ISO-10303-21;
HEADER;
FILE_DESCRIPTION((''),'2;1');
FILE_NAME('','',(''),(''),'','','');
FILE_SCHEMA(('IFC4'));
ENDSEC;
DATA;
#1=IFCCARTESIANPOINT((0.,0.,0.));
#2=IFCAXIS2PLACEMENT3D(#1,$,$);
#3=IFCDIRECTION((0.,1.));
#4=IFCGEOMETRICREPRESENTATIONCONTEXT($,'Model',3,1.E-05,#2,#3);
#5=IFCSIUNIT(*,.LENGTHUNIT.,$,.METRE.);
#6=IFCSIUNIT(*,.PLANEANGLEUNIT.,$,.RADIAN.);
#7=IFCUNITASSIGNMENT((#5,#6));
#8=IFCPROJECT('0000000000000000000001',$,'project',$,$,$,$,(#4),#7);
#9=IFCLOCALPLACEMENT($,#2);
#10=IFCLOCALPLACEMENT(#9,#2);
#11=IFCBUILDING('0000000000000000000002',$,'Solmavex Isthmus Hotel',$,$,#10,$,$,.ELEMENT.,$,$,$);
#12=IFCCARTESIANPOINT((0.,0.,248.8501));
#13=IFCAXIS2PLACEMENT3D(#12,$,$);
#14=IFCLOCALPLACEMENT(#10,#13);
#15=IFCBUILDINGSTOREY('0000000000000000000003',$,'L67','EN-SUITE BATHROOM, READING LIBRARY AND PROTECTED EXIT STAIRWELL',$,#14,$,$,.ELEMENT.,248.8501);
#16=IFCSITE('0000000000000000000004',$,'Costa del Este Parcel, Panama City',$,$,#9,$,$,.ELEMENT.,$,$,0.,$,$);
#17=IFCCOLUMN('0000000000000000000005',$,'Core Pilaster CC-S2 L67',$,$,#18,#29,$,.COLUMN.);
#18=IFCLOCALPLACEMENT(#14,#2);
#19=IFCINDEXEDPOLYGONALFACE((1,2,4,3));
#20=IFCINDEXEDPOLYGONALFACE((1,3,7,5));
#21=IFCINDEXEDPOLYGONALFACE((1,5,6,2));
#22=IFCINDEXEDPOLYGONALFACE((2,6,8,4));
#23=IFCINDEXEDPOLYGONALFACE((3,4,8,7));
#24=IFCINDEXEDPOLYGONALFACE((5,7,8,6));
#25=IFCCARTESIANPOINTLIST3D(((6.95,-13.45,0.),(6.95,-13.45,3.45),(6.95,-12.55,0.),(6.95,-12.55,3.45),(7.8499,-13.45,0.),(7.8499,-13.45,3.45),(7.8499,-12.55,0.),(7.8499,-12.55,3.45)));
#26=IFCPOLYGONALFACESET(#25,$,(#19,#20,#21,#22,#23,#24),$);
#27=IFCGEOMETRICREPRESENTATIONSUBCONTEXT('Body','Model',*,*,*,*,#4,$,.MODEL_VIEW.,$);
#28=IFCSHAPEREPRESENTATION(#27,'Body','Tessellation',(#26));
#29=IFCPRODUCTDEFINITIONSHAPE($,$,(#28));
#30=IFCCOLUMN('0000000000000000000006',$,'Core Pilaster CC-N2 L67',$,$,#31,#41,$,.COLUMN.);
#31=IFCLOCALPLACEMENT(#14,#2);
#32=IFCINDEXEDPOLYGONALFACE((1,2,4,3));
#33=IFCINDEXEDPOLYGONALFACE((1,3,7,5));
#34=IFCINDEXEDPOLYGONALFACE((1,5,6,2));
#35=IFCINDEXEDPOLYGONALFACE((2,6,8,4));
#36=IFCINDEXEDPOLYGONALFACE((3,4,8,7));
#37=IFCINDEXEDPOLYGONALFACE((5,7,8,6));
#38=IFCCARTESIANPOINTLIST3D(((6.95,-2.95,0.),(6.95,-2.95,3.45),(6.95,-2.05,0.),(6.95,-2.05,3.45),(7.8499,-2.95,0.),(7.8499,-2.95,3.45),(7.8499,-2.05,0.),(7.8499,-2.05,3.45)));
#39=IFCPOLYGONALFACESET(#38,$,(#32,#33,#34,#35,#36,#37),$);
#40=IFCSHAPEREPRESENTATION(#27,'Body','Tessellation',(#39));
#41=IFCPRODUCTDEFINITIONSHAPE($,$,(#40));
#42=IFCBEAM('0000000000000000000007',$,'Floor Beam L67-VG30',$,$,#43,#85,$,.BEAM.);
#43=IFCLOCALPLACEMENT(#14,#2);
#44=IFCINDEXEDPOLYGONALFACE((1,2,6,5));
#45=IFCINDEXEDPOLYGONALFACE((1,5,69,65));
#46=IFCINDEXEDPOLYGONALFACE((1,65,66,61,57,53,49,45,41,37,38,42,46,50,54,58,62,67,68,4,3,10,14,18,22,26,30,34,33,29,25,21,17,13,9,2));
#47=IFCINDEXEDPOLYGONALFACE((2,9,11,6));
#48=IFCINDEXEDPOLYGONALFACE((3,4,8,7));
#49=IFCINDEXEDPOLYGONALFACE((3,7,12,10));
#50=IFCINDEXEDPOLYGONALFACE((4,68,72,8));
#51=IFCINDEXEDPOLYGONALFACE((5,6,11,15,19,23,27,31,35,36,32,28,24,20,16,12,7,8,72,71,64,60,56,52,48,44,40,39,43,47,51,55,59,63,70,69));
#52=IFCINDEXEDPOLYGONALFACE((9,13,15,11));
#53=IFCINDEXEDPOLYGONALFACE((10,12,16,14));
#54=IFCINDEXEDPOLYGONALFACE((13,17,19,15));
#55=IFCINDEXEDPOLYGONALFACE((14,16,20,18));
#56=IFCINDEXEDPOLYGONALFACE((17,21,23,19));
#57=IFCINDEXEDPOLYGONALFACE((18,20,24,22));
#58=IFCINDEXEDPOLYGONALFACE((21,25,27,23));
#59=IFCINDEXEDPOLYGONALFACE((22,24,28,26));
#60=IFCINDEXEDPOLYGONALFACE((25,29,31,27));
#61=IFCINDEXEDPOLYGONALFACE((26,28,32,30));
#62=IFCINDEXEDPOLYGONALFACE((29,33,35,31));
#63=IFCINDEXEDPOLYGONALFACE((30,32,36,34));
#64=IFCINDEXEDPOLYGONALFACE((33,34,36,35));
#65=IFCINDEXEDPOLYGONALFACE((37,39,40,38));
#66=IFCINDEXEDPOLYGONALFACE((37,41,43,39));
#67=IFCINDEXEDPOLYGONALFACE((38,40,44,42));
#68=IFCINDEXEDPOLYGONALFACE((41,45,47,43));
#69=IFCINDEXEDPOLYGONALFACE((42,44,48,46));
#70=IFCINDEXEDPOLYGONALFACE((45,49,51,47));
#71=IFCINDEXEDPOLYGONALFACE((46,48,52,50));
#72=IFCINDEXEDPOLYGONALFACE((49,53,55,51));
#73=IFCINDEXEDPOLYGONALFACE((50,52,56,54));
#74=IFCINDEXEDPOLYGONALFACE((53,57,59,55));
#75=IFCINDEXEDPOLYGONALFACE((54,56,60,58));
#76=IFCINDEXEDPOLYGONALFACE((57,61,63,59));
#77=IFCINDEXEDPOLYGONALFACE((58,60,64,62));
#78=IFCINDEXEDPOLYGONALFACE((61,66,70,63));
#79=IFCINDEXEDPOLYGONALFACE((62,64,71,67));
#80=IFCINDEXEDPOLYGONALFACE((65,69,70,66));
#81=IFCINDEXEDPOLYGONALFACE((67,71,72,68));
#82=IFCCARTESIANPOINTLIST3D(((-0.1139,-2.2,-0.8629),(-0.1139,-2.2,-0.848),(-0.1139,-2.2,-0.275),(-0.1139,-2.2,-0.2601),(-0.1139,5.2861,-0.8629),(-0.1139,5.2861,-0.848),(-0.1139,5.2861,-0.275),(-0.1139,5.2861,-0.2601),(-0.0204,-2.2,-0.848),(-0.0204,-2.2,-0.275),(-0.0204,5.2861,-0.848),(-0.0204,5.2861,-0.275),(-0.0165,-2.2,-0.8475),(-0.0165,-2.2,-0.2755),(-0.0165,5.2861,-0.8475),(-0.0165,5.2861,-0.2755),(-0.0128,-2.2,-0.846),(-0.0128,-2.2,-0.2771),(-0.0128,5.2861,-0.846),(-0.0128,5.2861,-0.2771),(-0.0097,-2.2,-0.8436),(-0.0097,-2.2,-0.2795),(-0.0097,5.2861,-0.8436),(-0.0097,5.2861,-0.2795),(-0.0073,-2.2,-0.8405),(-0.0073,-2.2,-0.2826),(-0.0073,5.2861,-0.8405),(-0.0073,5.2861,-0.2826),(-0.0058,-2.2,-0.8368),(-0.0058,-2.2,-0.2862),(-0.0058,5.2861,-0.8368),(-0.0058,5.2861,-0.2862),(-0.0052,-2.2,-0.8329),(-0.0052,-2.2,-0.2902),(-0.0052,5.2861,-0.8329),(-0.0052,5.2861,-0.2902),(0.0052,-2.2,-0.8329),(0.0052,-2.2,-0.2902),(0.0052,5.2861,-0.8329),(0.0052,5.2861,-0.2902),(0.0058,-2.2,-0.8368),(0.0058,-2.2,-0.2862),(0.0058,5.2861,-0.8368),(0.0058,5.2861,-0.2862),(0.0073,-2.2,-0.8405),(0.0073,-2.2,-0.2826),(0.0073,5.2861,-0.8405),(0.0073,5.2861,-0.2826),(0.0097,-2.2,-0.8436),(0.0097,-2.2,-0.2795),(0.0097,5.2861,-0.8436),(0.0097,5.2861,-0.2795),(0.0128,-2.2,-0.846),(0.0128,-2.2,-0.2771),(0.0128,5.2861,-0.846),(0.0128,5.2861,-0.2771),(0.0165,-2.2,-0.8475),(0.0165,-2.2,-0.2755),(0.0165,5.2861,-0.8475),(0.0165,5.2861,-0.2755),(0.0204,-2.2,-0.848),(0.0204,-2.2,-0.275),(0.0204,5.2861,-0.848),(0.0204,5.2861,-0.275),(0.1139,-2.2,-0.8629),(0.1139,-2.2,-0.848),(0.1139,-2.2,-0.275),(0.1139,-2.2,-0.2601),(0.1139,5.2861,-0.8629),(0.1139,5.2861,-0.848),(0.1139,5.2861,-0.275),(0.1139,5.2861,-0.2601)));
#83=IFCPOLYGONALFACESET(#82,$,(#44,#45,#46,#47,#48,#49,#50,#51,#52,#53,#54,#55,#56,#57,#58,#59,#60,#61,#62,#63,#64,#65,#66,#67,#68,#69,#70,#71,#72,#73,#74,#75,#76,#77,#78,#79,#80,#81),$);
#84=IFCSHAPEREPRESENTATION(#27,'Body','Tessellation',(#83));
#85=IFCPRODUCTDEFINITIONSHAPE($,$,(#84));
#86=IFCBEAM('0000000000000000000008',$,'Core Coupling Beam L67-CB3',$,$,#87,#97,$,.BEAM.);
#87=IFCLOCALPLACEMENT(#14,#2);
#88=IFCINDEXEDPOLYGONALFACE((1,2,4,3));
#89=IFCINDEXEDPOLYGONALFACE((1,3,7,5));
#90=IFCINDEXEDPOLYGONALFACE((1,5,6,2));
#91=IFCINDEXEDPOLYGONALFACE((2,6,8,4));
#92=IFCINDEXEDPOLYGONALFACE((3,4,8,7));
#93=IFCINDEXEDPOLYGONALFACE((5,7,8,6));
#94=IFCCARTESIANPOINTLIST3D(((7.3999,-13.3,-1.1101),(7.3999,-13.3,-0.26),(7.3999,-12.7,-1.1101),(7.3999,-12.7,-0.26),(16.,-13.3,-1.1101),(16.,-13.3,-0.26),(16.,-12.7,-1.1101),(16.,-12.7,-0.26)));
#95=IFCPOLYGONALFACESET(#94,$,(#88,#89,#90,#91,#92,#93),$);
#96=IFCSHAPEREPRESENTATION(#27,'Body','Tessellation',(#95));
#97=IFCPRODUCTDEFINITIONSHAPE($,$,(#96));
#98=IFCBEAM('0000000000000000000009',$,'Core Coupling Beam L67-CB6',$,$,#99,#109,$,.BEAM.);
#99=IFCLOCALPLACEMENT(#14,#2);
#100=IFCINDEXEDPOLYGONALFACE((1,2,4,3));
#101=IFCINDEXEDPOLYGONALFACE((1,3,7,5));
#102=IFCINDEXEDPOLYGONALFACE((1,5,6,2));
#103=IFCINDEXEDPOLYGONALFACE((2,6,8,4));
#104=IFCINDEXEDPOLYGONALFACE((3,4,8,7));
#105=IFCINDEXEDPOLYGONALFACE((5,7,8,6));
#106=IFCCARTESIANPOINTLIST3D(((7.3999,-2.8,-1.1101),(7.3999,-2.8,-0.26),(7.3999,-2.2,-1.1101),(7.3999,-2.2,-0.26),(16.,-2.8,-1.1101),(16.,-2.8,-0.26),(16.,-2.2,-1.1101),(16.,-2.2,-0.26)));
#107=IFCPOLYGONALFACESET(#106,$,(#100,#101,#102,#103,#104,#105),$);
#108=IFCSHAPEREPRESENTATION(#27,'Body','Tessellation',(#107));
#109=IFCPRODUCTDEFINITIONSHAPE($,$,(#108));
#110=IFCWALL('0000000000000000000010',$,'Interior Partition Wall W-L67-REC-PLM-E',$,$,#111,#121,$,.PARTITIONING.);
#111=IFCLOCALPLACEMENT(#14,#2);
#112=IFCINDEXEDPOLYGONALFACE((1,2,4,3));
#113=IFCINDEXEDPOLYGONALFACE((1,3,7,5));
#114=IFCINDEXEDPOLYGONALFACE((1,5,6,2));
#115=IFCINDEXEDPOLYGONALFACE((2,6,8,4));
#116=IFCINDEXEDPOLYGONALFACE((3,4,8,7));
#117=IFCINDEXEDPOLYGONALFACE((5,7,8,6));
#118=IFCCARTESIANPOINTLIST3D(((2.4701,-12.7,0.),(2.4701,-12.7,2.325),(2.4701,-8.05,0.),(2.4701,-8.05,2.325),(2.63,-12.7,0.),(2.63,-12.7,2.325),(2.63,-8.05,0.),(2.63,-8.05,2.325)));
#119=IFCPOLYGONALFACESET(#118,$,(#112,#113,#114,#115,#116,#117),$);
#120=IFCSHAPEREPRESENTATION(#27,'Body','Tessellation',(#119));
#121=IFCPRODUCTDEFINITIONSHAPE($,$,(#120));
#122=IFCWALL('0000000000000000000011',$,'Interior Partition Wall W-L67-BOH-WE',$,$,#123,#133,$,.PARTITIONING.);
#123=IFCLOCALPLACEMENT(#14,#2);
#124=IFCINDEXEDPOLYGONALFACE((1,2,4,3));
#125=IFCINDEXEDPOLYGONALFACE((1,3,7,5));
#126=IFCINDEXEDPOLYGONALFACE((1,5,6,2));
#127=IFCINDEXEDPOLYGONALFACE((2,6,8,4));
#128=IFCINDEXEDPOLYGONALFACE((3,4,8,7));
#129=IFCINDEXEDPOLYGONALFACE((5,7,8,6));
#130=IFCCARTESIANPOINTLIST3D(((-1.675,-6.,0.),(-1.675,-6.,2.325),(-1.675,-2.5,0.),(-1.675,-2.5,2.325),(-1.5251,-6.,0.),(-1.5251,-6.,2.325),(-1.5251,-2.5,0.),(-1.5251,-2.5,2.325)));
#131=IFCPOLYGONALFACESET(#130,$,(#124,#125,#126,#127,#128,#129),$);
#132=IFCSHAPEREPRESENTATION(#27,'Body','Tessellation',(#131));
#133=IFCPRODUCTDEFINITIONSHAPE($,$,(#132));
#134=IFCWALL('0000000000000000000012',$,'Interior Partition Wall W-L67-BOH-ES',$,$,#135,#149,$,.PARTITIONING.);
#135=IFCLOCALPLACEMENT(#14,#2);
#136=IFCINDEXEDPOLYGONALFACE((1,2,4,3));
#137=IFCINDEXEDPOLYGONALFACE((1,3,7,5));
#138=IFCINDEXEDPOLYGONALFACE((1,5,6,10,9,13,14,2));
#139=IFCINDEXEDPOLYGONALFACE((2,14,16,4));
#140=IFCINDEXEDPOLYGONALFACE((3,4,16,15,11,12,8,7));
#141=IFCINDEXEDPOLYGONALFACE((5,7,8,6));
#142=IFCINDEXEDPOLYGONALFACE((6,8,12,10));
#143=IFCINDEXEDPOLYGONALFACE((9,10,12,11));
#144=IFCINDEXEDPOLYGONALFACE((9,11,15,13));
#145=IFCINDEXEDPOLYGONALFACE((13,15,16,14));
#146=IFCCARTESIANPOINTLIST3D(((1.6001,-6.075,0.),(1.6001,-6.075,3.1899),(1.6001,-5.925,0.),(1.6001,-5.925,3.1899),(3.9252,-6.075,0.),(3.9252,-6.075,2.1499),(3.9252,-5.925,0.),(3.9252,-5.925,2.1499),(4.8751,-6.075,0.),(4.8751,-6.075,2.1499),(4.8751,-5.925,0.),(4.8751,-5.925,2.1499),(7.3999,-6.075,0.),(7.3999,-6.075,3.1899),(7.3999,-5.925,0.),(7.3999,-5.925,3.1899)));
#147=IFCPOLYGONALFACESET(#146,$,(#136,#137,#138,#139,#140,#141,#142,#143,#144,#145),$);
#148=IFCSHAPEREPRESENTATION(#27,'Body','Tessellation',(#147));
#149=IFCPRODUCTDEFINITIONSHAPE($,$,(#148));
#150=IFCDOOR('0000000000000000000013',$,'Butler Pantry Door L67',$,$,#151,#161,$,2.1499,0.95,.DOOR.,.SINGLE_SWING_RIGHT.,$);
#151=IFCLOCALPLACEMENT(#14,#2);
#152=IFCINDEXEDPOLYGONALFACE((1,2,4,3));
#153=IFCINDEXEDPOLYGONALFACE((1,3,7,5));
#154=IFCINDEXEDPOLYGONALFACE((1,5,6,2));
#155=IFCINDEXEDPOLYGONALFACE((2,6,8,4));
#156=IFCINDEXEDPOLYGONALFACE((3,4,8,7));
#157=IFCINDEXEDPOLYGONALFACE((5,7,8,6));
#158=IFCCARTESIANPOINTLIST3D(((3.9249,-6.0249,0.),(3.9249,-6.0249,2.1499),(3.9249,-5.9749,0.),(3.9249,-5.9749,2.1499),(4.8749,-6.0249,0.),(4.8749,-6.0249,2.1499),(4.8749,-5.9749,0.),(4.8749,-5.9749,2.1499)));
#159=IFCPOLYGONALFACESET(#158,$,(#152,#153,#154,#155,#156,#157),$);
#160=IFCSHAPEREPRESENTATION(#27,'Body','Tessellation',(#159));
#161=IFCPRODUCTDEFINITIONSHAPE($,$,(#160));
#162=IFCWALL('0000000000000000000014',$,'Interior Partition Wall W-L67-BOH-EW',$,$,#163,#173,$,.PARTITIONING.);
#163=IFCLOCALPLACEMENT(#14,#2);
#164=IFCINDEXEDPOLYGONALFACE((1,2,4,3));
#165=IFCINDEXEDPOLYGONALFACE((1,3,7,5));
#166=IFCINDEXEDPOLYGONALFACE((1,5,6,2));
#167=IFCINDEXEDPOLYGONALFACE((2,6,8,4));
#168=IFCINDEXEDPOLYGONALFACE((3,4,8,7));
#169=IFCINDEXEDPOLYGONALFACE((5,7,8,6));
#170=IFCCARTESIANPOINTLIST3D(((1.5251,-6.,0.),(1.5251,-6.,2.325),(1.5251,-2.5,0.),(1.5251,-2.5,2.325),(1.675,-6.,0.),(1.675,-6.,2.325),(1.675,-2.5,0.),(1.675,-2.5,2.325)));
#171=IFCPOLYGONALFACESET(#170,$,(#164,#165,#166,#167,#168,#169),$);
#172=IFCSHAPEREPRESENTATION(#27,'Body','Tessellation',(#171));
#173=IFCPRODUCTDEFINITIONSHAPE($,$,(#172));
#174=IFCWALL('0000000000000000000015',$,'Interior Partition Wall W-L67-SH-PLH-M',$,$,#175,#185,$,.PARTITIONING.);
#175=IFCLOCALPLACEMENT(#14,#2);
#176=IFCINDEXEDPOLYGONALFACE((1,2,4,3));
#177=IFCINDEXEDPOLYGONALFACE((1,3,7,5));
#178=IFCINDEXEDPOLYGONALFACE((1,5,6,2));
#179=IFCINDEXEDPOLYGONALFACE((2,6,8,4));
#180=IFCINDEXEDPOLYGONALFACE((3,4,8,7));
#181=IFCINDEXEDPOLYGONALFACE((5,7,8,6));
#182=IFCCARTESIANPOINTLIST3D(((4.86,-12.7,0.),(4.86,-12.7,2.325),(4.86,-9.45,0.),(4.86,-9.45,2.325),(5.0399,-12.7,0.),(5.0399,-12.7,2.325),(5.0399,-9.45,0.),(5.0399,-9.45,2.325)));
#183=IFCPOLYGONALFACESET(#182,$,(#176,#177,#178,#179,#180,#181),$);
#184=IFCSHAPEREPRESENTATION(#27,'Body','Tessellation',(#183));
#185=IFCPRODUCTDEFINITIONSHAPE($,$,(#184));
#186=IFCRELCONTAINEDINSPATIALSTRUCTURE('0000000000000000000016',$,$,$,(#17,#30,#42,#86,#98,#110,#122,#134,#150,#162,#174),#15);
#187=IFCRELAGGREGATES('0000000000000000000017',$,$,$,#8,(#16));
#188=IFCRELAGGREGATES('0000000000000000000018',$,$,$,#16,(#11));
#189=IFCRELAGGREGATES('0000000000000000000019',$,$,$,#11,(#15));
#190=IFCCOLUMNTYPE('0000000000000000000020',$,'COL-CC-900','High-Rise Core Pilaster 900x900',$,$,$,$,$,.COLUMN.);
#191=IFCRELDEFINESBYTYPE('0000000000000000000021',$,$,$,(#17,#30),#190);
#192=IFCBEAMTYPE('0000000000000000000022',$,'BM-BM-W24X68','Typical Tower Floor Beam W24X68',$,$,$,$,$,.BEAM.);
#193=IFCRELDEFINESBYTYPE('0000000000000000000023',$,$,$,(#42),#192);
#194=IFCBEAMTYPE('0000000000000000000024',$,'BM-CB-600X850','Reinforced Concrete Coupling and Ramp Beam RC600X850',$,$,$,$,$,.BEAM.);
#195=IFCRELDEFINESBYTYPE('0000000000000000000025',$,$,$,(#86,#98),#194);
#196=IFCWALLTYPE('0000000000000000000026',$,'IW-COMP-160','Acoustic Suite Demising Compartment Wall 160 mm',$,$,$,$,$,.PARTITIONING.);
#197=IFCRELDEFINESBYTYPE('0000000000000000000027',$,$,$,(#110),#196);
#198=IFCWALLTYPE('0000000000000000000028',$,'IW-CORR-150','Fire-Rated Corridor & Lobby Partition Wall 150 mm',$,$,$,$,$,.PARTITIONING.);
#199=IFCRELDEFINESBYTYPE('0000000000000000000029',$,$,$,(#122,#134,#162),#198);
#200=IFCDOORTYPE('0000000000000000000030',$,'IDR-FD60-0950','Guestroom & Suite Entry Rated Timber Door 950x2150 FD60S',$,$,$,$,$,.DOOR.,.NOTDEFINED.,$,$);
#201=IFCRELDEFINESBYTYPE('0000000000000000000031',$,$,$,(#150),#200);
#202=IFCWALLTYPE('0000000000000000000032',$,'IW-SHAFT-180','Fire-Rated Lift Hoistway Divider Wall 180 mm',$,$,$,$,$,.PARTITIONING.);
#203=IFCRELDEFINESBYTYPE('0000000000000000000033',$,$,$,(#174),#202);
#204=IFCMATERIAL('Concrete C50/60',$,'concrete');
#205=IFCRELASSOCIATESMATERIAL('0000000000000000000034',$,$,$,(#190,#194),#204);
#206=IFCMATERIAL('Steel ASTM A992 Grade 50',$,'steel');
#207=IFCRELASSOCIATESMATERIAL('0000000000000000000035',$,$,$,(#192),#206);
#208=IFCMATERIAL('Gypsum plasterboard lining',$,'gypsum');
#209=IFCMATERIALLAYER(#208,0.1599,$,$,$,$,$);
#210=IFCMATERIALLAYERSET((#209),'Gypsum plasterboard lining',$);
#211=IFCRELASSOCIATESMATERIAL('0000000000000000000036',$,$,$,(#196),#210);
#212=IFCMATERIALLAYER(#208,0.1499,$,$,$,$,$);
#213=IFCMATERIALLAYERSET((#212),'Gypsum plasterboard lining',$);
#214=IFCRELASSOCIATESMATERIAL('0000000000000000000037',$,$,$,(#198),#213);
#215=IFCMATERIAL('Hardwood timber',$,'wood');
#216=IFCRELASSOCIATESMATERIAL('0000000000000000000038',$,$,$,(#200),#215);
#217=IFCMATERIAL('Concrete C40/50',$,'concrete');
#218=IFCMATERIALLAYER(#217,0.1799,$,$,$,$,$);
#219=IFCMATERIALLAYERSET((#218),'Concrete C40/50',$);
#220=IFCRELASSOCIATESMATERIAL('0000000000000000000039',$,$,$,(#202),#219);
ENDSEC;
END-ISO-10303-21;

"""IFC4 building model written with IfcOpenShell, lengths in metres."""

from ifc_helpers import new_model, si_unit, direction, frame, frame_2d, origin, origin_2d, place, context, subcontext, project, spatial, rectangle, i_section, extrude, material, layer, layer_set, material_profile, profile_set, type_object, element, fill, save


model = new_model("IFC4")

# Units and contexts
model_context = context("Model", 3, precision=1e-05, world=origin(), true_north=direction((0.0, 1.0)))
body_context = subcontext(model_context, "Body", "Model", "MODEL_VIEW")
ifc_project = project(units=[si_unit("LENGTHUNIT", "METRE"), si_unit("PLANEANGLEUNIT", "RADIAN")], contexts=[model_context])

# Site, building, storey
site_placement = place(None, origin())
site = spatial("IfcSite", under=ifc_project, at=site_placement, Name="Costa del Este Parcel, Panama City", CompositionType="ELEMENT", RefElevation=0.0)
building_placement = place(site_placement, origin())
building = spatial("IfcBuilding", under=site, at=building_placement, Name="Solmavex Isthmus Hotel", CompositionType="ELEMENT")
storey_placement = place(building_placement, frame((0.0, 0.0, 248.8501)))
storey = spatial("IfcBuildingStorey", under=building, at=storey_placement, Name="L67", Description="EN-SUITE BATHROOM, READING LIBRARY AND PROTECTED EXIT STAIRWELL", CompositionType="ELEMENT", Elevation=248.8501)

# Columns
ifc_material_1 = material(Name="Concrete C50/60", Category="concrete")
ifc_material_profile_1 = material_profile(ifc_material_1, rectangle(XDim=0.8999, YDim=0.8999, at=origin_2d()), Name="RC900X900")
ifc_profile_set_1 = profile_set([ifc_material_profile_1], Name="Concrete C50/60")
column_type = type_object("IfcColumnType", Name="COL-CC-900", Description="High-Rise Core Pilaster 900x900", PredefinedType="COLUMN", material=ifc_profile_set_1)
for number, where, z_axis, x_axis, name in (
    (1, (7.3999, -13.0, 0.0), (0.0, 0.0, 1.0), (1.0, 0.0, 0.0), "Core Pilaster CC-S2 L67"),
    (2, (7.3999, -2.5, 0.0), (0.0, 0.0, 1.0), (1.0, 0.0, 0.0), "Core Pilaster CC-N2 L67"),
):
    element("IfcColumn", number, at=place(storey_placement, frame(where, z_axis=z_axis, x_axis=x_axis)), inside=storey, type_object=column_type, Name=name, PredefinedType="COLUMN", context=body_context, shape_type="SweptSolid", body=[
        extrude(rectangle(XDim=0.8999, YDim=0.8999, at=origin_2d()), origin(), (0.0, 0.0, 1.0), 3.45),
    ])

# Beams
ifc_material_2 = material(Name="Steel ASTM A992 Grade 50", Category="steel")
ifc_material_profile_2 = material_profile(ifc_material_2, i_section(OverallWidth=0.2278, OverallDepth=0.6028, WebThickness=0.0105, FlangeThickness=0.0149, FilletRadius=0.0151, at=origin_2d()), Name="W24X68")
ifc_profile_set_2 = profile_set([ifc_material_profile_2], Name="Steel ASTM A992 Grade 50")
beam_type_1 = type_object("IfcBeamType", Name="BM-BM-W24X68", Description="Typical Tower Floor Beam W24X68", PredefinedType="BEAM", material=ifc_profile_set_2)
beam_placement = place(storey_placement, frame((0.0, -2.2, -0.5615), z_axis=(0.0, 1.0, 0.0), x_axis=(-1.0, 0.0, 0.0)))
element("IfcBeam", 3, at=beam_placement, inside=storey, type_object=beam_type_1, Name="Floor Beam L67-VG30", PredefinedType="BEAM", context=body_context, shape_type="SweptSolid", body=[
    extrude(i_section(OverallWidth=0.2278, OverallDepth=0.6028, WebThickness=0.0105, FlangeThickness=0.0149, FilletRadius=0.0151, at=origin_2d()), origin(), (0.0, 0.0, 1.0), 7.4861),
])
ifc_material_profile_3 = material_profile(ifc_material_1, rectangle(XDim=0.6001, YDim=0.8501, at=origin_2d()), Name="RC600X850")
ifc_profile_set_3 = profile_set([ifc_material_profile_3], Name="Concrete C50/60")
beam_type_2 = type_object("IfcBeamType", Name="BM-CB-600X850", Description="Reinforced Concrete Coupling and Ramp Beam RC600X850", PredefinedType="BEAM", material=ifc_profile_set_3)
for number, where, z_axis, x_axis, name in (
    (4, (7.3999, -13.0, -0.6851), (1.0, 0.0, 0.0), (0.0, 1.0, 0.0), "Core Coupling Beam L67-CB3"),
    (5, (7.3999, -2.5, -0.6851), (1.0, 0.0, 0.0), (0.0, 1.0, 0.0), "Core Coupling Beam L67-CB6"),
):
    element("IfcBeam", number, at=place(storey_placement, frame(where, z_axis=z_axis, x_axis=x_axis)), inside=storey, type_object=beam_type_2, Name=name, PredefinedType="BEAM", context=body_context, shape_type="SweptSolid", body=[
        extrude(rectangle(XDim=0.6001, YDim=0.8501, at=origin_2d()), origin(), (0.0, 0.0, 1.0), 8.6001),
    ])

# Walls
ifc_material_3 = material(Name="Gypsum plasterboard lining", Category="gypsum")
ifc_layer_1 = layer(ifc_material_3, 0.1599)
ifc_layer_set_1 = layer_set([ifc_layer_1], Name="Gypsum plasterboard lining")
wall_type_1 = type_object("IfcWallType", Name="IW-COMP-160", Description="Acoustic Suite Demising Compartment Wall 160 mm", PredefinedType="PARTITIONING", material=ifc_layer_set_1)
wall_1_placement = place(storey_placement, frame((2.55, -12.7, 0.0), z_axis=(0.0, 0.0, 1.0), x_axis=(0.0, 1.0, 0.0)))
element("IfcWall", 6, at=wall_1_placement, inside=storey, type_object=wall_type_1, Name="Interior Partition Wall W-L67-REC-PLM-E", PredefinedType="PARTITIONING", context=body_context, shape_type="SweptSolid", body=[
    extrude(rectangle(XDim=4.6499, YDim=0.1599, at=frame_2d((2.325, 0.0))), origin(), (0.0, 0.0, 1.0), 2.325),
])
ifc_layer_2 = layer(ifc_material_3, 0.1499)
ifc_layer_set_2 = layer_set([ifc_layer_2], Name="Gypsum plasterboard lining")
wall_type_2 = type_object("IfcWallType", Name="IW-CORR-150", Description="Fire-Rated Corridor & Lobby Partition Wall 150 mm", PredefinedType="PARTITIONING", material=ifc_layer_set_2)
wall_2_placement = place(storey_placement, frame((-1.6001, -6.0, 0.0), z_axis=(0.0, 0.0, 1.0), x_axis=(0.0, 1.0, 0.0)))
element("IfcWall", 7, at=wall_2_placement, inside=storey, type_object=wall_type_2, Name="Interior Partition Wall W-L67-BOH-WE", PredefinedType="PARTITIONING", context=body_context, shape_type="SweptSolid", body=[
    extrude(rectangle(XDim=3.5, YDim=0.1499, at=frame_2d((1.75, 0.0))), origin(), (0.0, 0.0, 1.0), 2.325),
])

# Wall, opening, door
wall_3_placement = place(storey_placement, frame((1.6001, -6.0, 0.0), z_axis=(0.0, 0.0, 1.0), x_axis=(1.0, 0.0, 0.0)))
wall_3 = element("IfcWall", 8, at=wall_3_placement, inside=storey, type_object=wall_type_2, Name="Interior Partition Wall W-L67-BOH-ES", PredefinedType="PARTITIONING", context=body_context, shape_type="SweptSolid", body=[
    extrude(rectangle(XDim=5.7998, YDim=0.1499, at=frame_2d((2.8999, 0.0))), origin(), (0.0, 0.0, 1.0), 3.1899),
])
opening_1_placement = place(wall_3_placement, frame((2.325, 0.0, 0.0)))
opening_1 = element("IfcOpeningElement", 9, at=opening_1_placement, cuts=wall_3, PredefinedType="OPENING", context=body_context, shape_type="SweptSolid", body=[
    extrude(rectangle(XDim=0.95, YDim=2.1499, at=frame_2d((0.4751, 1.075))), frame((0.0, 0.085, 0.0), z_axis=(0.0, -1.0, 0.0), x_axis=(1.0, 0.0, 0.0)), (0.0, 0.0, 1.0), 0.1699),
])
ifc_material_4 = material(Name="Hardwood timber", Category="wood")
door_type_1 = type_object("IfcDoorType", Name="IDR-FD60-0950", Description="Guestroom & Suite Entry Rated Timber Door 950x2150 FD60S", OperationType="NOTDEFINED", PredefinedType="DOOR", material=ifc_material_4)
door_1_placement = place(opening_1_placement, frame((0.95, 0.0, 0.0), z_axis=(0.0, 0.0, 1.0), x_axis=(-1.0, 0.0, 0.0)))
door_1 = element("IfcDoor", 10, at=door_1_placement, inside=storey, type_object=door_type_1, Name="Butler Pantry Door L67", OperationType="SINGLE_SWING_RIGHT", OverallHeight=2.1499, OverallWidth=0.95, PredefinedType="DOOR", context=body_context, shape_type="SweptSolid", body=[
    extrude(rectangle(XDim=0.95, YDim=2.1499, at=frame_2d((0.4751, 1.075))), frame((0.0, 0.0249, 0.0), z_axis=(0.0, -1.0, 0.0), x_axis=(1.0, 0.0, 0.0)), (0.0, 0.0, 1.0), 0.05),
])
fill(opening_1, door_1)

# Walls
wall_4_placement = place(storey_placement, frame((1.6001, -6.0, 0.0), z_axis=(0.0, 0.0, 1.0), x_axis=(0.0, 1.0, 0.0)))
element("IfcWall", 11, at=wall_4_placement, inside=storey, type_object=wall_type_2, Name="Interior Partition Wall W-L67-BOH-EW", PredefinedType="PARTITIONING", context=body_context, shape_type="SweptSolid", body=[
    extrude(rectangle(XDim=3.5, YDim=0.1499, at=frame_2d((1.75, 0.0))), origin(), (0.0, 0.0, 1.0), 2.325),
])
ifc_material_5 = material(Name="Concrete C40/50", Category="concrete")
ifc_layer_3 = layer(ifc_material_5, 0.1799)
ifc_layer_set_3 = layer_set([ifc_layer_3], Name="Concrete C40/50")
wall_type_3 = type_object("IfcWallType", Name="IW-SHAFT-180", Description="Fire-Rated Lift Hoistway Divider Wall 180 mm", PredefinedType="PARTITIONING", material=ifc_layer_set_3)
wall_5_placement = place(storey_placement, frame((4.95, -12.7, 0.0), z_axis=(0.0, 0.0, 1.0), x_axis=(0.0, 1.0, 0.0)))
element("IfcWall", 12, at=wall_5_placement, inside=storey, type_object=wall_type_3, Name="Interior Partition Wall W-L67-SH-PLH-M", PredefinedType="PARTITIONING", context=body_context, shape_type="SweptSolid", body=[
    extrude(rectangle(XDim=3.25, YDim=0.1799, at=frame_2d((1.625, 0.0))), origin(), (0.0, 0.0, 1.0), 2.325),
])

save(model, "model.ifc")
